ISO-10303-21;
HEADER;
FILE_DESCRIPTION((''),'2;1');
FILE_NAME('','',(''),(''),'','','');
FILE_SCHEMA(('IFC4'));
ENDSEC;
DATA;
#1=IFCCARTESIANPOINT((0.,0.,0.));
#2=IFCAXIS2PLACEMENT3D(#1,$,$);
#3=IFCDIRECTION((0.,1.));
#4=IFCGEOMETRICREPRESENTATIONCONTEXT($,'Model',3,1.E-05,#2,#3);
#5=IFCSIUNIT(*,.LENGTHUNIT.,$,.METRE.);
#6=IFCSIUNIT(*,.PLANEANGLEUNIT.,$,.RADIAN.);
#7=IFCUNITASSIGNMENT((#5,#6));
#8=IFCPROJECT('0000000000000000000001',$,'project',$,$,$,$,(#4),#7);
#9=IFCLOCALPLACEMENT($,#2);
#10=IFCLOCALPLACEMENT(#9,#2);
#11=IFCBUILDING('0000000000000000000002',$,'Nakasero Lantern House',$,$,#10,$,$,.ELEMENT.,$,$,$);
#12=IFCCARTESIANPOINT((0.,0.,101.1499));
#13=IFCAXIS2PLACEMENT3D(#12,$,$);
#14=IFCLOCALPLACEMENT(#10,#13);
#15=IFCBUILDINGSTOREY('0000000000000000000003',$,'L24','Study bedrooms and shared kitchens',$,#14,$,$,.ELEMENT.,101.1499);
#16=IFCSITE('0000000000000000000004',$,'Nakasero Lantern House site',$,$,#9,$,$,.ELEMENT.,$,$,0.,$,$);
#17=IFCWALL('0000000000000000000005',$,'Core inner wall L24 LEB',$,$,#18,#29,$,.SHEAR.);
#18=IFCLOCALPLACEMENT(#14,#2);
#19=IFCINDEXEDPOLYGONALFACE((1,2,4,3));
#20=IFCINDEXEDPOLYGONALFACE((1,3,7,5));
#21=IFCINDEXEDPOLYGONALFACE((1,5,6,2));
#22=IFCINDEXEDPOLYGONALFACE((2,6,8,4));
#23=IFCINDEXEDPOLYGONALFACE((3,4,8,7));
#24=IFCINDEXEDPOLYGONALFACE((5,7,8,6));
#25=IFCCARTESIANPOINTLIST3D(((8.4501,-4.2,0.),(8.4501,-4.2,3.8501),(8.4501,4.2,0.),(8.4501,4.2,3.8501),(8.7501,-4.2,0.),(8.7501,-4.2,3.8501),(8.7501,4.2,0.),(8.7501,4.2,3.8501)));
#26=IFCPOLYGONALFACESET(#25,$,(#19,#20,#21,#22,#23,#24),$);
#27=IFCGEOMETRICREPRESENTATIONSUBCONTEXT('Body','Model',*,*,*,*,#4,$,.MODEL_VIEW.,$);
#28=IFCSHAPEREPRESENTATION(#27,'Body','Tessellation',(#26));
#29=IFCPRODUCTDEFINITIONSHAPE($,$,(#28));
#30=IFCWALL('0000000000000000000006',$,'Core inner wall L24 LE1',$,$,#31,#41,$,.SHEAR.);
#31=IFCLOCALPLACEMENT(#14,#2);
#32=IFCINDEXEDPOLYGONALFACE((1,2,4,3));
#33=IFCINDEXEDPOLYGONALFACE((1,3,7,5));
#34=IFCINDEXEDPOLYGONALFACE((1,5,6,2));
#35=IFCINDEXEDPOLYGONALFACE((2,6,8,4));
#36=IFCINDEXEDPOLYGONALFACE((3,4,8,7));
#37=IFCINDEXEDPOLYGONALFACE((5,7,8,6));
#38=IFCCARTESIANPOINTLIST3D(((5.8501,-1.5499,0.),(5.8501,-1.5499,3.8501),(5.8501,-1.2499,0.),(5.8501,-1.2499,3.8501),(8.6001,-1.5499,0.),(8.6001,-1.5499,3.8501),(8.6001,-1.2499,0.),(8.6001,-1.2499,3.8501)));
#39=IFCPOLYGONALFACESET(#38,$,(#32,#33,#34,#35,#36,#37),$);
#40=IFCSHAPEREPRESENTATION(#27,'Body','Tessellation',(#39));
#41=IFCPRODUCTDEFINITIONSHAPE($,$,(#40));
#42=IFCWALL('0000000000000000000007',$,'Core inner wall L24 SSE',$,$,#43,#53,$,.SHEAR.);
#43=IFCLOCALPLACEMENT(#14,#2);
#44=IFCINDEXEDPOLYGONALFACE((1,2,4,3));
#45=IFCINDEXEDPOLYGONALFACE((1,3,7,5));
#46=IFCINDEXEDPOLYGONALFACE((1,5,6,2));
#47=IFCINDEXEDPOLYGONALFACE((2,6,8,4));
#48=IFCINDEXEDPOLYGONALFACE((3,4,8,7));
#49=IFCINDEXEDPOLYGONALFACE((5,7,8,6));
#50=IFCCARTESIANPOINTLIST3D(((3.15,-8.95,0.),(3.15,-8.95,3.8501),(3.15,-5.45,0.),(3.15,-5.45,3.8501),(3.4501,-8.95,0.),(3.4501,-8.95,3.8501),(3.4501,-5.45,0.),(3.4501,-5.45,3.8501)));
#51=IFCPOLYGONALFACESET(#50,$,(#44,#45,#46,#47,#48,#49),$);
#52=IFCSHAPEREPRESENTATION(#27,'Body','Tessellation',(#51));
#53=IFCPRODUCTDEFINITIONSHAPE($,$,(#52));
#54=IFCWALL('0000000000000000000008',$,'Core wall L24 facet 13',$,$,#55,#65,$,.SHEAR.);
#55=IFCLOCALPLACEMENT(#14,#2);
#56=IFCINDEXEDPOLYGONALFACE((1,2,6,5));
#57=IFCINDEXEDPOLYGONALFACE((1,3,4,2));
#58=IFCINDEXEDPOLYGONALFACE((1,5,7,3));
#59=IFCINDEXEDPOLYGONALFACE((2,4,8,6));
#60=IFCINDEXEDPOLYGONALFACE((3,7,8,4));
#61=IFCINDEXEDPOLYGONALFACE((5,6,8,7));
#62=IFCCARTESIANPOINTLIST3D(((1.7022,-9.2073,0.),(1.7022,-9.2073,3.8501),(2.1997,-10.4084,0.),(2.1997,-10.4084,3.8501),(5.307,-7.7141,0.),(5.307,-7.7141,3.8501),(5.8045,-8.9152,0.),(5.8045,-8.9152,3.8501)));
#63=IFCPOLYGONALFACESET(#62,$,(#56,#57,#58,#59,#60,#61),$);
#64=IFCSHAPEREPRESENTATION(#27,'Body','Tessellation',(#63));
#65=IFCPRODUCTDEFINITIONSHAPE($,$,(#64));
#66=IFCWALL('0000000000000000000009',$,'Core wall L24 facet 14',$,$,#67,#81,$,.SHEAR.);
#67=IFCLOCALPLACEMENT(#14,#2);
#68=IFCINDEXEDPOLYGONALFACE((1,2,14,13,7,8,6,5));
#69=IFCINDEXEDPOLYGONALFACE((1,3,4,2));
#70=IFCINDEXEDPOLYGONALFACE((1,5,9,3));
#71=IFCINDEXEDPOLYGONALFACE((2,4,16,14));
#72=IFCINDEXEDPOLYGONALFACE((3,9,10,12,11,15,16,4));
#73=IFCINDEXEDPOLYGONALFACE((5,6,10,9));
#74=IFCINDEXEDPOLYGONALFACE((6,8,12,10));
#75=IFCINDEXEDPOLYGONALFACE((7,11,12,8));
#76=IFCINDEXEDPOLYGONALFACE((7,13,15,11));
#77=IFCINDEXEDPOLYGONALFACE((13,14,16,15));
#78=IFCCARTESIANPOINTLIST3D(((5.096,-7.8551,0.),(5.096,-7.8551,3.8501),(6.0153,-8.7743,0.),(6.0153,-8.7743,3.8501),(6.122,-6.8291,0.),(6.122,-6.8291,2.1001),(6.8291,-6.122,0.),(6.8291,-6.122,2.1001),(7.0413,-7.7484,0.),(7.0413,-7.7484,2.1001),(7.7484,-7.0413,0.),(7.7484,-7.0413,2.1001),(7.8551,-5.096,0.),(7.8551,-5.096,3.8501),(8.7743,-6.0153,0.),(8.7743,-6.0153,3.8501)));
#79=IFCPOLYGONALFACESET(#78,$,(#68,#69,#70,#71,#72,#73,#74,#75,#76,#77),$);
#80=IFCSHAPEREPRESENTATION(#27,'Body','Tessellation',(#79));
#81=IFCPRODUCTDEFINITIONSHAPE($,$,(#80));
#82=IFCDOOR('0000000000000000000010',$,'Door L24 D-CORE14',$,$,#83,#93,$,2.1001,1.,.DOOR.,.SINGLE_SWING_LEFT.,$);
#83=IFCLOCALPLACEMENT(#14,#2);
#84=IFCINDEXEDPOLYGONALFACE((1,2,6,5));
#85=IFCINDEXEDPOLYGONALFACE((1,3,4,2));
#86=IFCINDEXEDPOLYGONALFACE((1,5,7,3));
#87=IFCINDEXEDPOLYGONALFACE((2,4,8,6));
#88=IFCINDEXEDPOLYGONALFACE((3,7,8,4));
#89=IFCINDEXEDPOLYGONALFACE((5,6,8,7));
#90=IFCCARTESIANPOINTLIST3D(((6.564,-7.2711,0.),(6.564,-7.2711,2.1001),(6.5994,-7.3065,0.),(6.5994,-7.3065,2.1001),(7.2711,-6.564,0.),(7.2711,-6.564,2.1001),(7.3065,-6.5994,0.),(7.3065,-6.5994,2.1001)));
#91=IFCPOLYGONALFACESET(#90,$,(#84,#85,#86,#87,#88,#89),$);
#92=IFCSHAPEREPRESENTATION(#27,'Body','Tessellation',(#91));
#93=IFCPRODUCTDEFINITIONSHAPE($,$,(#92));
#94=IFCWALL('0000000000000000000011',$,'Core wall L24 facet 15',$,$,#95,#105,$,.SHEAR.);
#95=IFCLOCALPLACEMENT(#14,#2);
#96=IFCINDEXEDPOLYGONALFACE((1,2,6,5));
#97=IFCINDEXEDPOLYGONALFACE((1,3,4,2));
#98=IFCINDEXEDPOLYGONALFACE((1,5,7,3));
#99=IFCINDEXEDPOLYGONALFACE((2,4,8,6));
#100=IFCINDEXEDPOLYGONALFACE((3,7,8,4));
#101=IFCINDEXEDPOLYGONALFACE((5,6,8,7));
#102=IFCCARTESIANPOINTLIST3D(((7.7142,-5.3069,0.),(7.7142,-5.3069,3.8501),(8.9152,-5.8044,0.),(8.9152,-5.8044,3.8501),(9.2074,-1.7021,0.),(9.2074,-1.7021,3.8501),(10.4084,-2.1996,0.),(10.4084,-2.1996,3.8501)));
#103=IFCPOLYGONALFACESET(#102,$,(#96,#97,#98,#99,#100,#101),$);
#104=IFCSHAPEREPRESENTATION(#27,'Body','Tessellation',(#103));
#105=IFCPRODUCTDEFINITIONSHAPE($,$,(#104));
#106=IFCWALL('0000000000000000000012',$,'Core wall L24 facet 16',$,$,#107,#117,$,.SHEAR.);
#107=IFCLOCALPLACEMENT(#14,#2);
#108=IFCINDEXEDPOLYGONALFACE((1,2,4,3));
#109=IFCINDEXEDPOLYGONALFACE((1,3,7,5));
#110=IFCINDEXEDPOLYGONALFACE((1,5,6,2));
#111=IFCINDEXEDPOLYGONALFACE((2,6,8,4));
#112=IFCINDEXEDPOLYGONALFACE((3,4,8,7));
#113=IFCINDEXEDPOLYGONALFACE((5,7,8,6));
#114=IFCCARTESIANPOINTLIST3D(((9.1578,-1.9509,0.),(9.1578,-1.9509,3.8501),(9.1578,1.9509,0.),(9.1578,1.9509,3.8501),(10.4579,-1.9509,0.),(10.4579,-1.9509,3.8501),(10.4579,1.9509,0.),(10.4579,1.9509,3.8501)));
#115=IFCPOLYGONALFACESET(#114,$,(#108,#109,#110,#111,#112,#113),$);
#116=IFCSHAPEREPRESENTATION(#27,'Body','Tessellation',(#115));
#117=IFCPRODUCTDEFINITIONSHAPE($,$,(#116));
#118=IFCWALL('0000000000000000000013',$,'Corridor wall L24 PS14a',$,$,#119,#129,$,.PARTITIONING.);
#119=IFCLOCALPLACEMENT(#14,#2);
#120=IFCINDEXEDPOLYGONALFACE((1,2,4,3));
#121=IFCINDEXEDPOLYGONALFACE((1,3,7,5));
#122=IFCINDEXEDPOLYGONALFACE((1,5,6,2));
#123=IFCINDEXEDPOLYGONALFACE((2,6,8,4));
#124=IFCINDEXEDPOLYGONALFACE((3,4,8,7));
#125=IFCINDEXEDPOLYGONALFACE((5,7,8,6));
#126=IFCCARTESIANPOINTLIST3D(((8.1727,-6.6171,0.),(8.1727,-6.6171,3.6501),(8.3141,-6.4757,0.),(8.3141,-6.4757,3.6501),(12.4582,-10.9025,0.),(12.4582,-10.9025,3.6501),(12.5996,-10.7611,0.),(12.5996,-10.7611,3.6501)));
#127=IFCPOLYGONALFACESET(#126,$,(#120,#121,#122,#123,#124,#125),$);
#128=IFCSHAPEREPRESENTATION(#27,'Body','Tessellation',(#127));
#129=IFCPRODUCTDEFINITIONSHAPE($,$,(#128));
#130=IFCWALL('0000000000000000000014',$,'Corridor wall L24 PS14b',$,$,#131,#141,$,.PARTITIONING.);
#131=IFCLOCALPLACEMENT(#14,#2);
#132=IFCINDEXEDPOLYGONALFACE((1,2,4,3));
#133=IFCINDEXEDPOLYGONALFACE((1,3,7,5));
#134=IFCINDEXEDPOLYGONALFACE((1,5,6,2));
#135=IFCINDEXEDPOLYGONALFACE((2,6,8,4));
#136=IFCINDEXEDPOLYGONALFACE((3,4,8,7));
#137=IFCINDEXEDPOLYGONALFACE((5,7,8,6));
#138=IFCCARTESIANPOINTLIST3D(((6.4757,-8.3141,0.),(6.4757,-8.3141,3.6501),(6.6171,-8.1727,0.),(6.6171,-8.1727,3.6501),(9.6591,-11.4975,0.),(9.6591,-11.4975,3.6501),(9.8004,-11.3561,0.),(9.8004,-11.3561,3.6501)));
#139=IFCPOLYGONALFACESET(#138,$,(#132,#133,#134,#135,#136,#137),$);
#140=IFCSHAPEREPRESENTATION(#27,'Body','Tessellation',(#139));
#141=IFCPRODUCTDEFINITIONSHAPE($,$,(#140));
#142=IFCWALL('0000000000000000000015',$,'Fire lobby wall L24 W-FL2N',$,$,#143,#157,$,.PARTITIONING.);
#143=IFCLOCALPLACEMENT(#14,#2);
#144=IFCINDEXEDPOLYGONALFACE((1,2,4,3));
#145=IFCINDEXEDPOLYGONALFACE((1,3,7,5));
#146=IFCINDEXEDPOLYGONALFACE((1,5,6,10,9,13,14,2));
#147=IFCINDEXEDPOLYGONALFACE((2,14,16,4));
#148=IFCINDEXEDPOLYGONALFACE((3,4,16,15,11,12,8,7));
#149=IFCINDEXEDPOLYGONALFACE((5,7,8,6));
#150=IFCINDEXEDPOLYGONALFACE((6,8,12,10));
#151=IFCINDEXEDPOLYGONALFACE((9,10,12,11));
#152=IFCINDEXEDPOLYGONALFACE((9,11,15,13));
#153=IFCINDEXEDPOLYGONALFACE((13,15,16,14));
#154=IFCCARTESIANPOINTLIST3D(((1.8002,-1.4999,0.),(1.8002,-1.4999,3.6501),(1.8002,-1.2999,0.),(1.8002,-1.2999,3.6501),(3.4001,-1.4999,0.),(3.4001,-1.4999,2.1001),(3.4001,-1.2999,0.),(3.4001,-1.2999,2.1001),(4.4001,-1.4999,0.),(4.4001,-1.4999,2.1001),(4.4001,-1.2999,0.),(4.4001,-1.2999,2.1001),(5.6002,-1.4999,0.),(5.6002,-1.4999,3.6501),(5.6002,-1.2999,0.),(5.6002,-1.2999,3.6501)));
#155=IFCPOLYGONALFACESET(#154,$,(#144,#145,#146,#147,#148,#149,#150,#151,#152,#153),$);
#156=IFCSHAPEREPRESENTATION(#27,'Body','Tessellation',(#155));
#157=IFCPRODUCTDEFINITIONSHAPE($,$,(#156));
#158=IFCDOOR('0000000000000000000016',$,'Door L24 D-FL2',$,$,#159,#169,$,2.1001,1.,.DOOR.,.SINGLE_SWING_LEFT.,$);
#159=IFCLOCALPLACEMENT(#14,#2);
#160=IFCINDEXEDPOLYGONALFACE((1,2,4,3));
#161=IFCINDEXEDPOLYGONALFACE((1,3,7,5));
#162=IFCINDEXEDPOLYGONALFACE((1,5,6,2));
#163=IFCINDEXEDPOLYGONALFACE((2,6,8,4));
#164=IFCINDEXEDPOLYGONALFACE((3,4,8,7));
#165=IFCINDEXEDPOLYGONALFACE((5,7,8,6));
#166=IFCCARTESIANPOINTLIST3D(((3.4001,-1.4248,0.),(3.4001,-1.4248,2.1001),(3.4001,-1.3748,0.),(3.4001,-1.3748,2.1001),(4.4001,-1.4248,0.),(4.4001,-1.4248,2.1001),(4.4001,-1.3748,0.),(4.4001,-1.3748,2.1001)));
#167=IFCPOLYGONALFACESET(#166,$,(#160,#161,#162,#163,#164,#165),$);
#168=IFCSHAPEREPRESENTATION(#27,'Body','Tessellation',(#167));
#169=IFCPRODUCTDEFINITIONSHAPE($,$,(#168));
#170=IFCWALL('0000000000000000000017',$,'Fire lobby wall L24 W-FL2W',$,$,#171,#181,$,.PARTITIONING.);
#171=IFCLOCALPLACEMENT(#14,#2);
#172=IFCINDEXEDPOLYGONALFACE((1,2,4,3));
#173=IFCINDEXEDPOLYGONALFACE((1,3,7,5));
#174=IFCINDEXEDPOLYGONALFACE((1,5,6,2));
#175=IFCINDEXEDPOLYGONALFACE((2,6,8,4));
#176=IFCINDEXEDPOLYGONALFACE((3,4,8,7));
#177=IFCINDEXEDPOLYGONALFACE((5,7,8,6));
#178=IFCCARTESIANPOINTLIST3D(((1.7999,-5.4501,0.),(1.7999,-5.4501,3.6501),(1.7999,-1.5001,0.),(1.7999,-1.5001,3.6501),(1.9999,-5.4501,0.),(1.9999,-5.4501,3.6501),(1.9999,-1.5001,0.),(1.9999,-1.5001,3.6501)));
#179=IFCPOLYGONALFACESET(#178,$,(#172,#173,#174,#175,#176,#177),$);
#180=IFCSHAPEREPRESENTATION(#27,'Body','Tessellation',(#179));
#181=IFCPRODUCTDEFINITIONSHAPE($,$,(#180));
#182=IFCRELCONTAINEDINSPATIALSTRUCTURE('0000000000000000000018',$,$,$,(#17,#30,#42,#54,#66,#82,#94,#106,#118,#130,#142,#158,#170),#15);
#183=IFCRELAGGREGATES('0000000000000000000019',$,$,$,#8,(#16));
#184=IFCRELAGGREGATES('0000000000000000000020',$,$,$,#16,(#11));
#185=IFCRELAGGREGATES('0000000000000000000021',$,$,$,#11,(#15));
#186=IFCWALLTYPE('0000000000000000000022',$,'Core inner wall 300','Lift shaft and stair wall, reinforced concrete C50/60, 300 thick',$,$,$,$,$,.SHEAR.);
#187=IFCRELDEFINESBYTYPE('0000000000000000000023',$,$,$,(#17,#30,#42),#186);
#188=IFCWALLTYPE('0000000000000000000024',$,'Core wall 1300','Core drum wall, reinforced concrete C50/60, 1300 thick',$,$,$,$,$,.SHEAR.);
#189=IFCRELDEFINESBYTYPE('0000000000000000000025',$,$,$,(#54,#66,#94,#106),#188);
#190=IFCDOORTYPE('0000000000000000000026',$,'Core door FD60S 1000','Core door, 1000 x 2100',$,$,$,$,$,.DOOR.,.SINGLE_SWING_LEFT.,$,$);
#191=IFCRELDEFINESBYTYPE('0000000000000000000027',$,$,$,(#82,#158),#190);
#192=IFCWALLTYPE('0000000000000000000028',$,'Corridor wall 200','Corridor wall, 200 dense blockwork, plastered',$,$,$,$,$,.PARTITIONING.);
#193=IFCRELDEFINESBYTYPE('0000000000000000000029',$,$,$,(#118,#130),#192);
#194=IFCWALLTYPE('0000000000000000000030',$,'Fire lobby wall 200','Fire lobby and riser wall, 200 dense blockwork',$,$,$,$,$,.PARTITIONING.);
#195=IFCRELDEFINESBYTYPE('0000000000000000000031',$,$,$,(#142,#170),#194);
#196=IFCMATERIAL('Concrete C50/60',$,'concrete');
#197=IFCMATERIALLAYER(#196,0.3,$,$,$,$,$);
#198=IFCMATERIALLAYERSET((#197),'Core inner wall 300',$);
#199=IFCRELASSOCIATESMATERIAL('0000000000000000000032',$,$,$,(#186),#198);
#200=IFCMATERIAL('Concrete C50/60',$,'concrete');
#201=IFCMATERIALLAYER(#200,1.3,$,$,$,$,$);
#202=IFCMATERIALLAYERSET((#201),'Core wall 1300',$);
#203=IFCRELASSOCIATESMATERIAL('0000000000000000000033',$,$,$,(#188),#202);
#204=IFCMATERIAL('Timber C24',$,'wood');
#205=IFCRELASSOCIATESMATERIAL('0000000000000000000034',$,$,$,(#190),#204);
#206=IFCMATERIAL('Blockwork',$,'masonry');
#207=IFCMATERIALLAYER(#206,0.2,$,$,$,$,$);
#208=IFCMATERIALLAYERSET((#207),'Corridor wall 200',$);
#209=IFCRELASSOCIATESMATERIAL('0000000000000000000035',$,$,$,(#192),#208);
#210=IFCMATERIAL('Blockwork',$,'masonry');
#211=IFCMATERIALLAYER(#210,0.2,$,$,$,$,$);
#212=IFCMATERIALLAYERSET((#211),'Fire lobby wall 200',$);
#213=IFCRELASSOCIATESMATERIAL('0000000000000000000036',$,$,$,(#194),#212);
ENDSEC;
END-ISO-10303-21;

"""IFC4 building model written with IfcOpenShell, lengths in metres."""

from ifc_helpers import new_model, si_unit, direction, frame, frame_2d, origin, place, context, subcontext, project, spatial, rectangle, extrude, material, layer, layer_set, type_object, element, fill, save


model = new_model("IFC4")

# Units and contexts
model_context = context("Model", 3, precision=1e-05, world=origin(), true_north=direction((0.0, 1.0)))
body_context = subcontext(model_context, "Body", "Model", "MODEL_VIEW")
ifc_project = project(units=[si_unit("LENGTHUNIT", "METRE"), si_unit("PLANEANGLEUNIT", "RADIAN")], contexts=[model_context])

# Site, building, storey
site_placement = place(None, origin())
site = spatial("IfcSite", under=ifc_project, at=site_placement, Name="Nakasero Lantern House site", CompositionType="ELEMENT", RefElevation=0.0)
building_placement = place(site_placement, origin())
building = spatial("IfcBuilding", under=site, at=building_placement, Name="Nakasero Lantern House", CompositionType="ELEMENT")
storey_placement = place(building_placement, frame((0.0, 0.0, 101.1499)))
storey = spatial("IfcBuildingStorey", under=building, at=storey_placement, Name="L24", Description="Study bedrooms and shared kitchens", CompositionType="ELEMENT", Elevation=101.1499)

# Shared definitions
ifc_material_1 = material(Name="Concrete C50/60", Category="concrete")
ifc_layer_1 = layer(ifc_material_1, 0.3)
ifc_layer_set_1 = layer_set([ifc_layer_1], Name="Core inner wall 300")
wall_type_1 = type_object("IfcWallType", Name="Core inner wall 300", Description="Lift shaft and stair wall, reinforced concrete C50/60, 300 thick", PredefinedType="SHEAR", material=ifc_layer_set_1)

# Walls
wall_1_placement = place(storey_placement, frame((8.6001, -4.2, 0.0), z_axis=(0.0, 0.0, 1.0), x_axis=(0.0, 1.0, 0.0)))
element("IfcWall", 1, at=wall_1_placement, inside=storey, type_object=wall_type_1, Name="Core inner wall L24 LEB", PredefinedType="SHEAR", context=body_context, shape_type="SweptSolid", body=[
    extrude(rectangle(XDim=8.3999, YDim=0.3, at=frame_2d((4.2, 0.0))), origin(), (0.0, 0.0, 1.0), 3.8501),
])
wall_2_placement = place(storey_placement, frame((5.8501, -1.3999, 0.0), z_axis=(0.0, 0.0, 1.0), x_axis=(1.0, 0.0, 0.0)))
element("IfcWall", 2, at=wall_2_placement, inside=storey, type_object=wall_type_1, Name="Core inner wall L24 LE1", PredefinedType="SHEAR", context=body_context, shape_type="SweptSolid", body=[
    extrude(rectangle(XDim=2.75, YDim=0.3, at=frame_2d((1.375, 0.0))), origin(), (0.0, 0.0, 1.0), 3.8501),
])
wall_3_placement = place(storey_placement, frame((3.3, -5.45, 0.0), z_axis=(0.0, 0.0, 1.0), x_axis=(0.0, -1.0, 0.0)))
element("IfcWall", 3, at=wall_3_placement, inside=storey, type_object=wall_type_1, Name="Core inner wall L24 SSE", PredefinedType="SHEAR", context=body_context, shape_type="SweptSolid", body=[
    extrude(rectangle(XDim=3.5, YDim=0.3, at=frame_2d((1.75, 0.0))), origin(), (0.0, 0.0, 1.0), 3.8501),
])
ifc_material_2 = material(Name="Concrete C50/60", Category="concrete")
ifc_layer_2 = layer(ifc_material_2, 1.3)
ifc_layer_set_2 = layer_set([ifc_layer_2], Name="Core wall 1300")
wall_type_2 = type_object("IfcWallType", Name="Core wall 1300", Description="Core drum wall, reinforced concrete C50/60, 1300 thick", PredefinedType="SHEAR", material=ifc_layer_set_2)
wall_4_placement = place(storey_placement, frame((1.9509, -9.8079, 0.0), z_axis=(0.0, 0.0, 1.0), x_axis=(0.923877, 0.382691, 0.0)))
element("IfcWall", 4, at=wall_4_placement, inside=storey, type_object=wall_type_2, Name="Core wall L24 facet 13", PredefinedType="SHEAR", context=body_context, shape_type="SweptSolid", body=[
    extrude(rectangle(XDim=3.9019, YDim=1.3, at=frame_2d((1.9509, 0.0))), origin(), (0.0, 0.0, 1.0), 3.8501),
])

# Wall, opening, door
wall_5_placement = place(storey_placement, frame((5.5557, -8.3147, 0.0), z_axis=(0.0, 0.0, 1.0), x_axis=(0.707107, 0.707107, 0.0)))
wall_5 = element("IfcWall", 5, at=wall_5_placement, inside=storey, type_object=wall_type_2, Name="Core wall L24 facet 14", PredefinedType="SHEAR", context=body_context, shape_type="SweptSolid", body=[
    extrude(rectangle(XDim=3.9019, YDim=1.3, at=frame_2d((1.9509, 0.0))), origin(), (0.0, 0.0, 1.0), 3.8501),
])
opening_1_placement = place(wall_5_placement, frame((1.4509, 0.0, 0.0)))
opening_1 = element("IfcOpeningElement", 6, at=opening_1_placement, cuts=wall_5, PredefinedType="OPENING", context=body_context, shape_type="SweptSolid", body=[
    extrude(rectangle(XDim=1.0, YDim=2.1001, at=frame_2d((0.5, 1.05))), frame((0.0, 0.6699, 0.0), z_axis=(0.0, -1.0, 0.0), x_axis=(1.0, 0.0, 0.0)), (0.0, 0.0, 1.0), 1.3401),
])
ifc_material_3 = material(Name="Timber C24", Category="wood")
door_type_1 = type_object("IfcDoorType", Name="Core door FD60S 1000", Description="Core door, 1000 x 2100", OperationType="SINGLE_SWING_LEFT", PredefinedType="DOOR", material=ifc_material_3)
door_1_placement = place(opening_1_placement, origin())
door_1 = element("IfcDoor", 7, at=door_1_placement, inside=storey, type_object=door_type_1, Name="Door L24 D-CORE14", OperationType="SINGLE_SWING_LEFT", OverallHeight=2.1001, OverallWidth=1.0, PredefinedType="DOOR", context=body_context, shape_type="SweptSolid", body=[
    extrude(rectangle(XDim=1.0, YDim=2.1001, at=frame_2d((0.5, 1.05))), frame((0.0, 0.0249, 0.0), z_axis=(0.0, -1.0, 0.0), x_axis=(1.0, 0.0, 0.0)), (0.0, 0.0, 1.0), 0.05),
])
fill(opening_1, door_1)

# Walls
for number, where, z_axis, x_axis, name in (
    (8, (8.3147, -5.5557, 0.0), (0.0, 0.0, 1.0), (0.382691, 0.923877, 0.0), "Core wall L24 facet 15"),
    (9, (9.8079, -1.9509, 0.0), (0.0, 0.0, 1.0), (0.0, 1.0, 0.0), "Core wall L24 facet 16"),
):
    element("IfcWall", number, at=place(storey_placement, frame(where, z_axis=z_axis, x_axis=x_axis)), inside=storey, type_object=wall_type_2, Name=name, PredefinedType="SHEAR", context=body_context, shape_type="SweptSolid", body=[
        extrude(rectangle(XDim=3.9019, YDim=1.3, at=frame_2d((1.9509, 0.0))), origin(), (0.0, 0.0, 1.0), 3.8501),
    ])
ifc_material_4 = material(Name="Blockwork", Category="masonry")
ifc_layer_3 = layer(ifc_material_4, 0.2)
ifc_layer_set_3 = layer_set([ifc_layer_3], Name="Corridor wall 200")
wall_type_3 = type_object("IfcWallType", Name="Corridor wall 200", Description="Corridor wall, 200 dense blockwork, plastered", PredefinedType="PARTITIONING", material=ifc_layer_set_3)
wall_6_placement = place(storey_placement, frame((8.2434, -6.5464, 0.0), z_axis=(0.0, 0.0, 1.0), x_axis=(0.707107, -0.707107, 0.0)))
element("IfcWall", 10, at=wall_6_placement, inside=storey, type_object=wall_type_3, Name="Corridor wall L24 PS14a", PredefinedType="PARTITIONING", context=body_context, shape_type="SweptSolid", body=[
    extrude(rectangle(XDim=6.0605, YDim=0.2, at=frame_2d((3.0303, 0.0))), origin(), (0.0, 0.0, 1.0), 3.6501),
])
wall_7_placement = place(storey_placement, frame((6.5464, -8.2434, 0.0), z_axis=(0.0, 0.0, 1.0), x_axis=(0.707107, -0.707107, 0.0)))
element("IfcWall", 11, at=wall_7_placement, inside=storey, type_object=wall_type_3, Name="Corridor wall L24 PS14b", PredefinedType="PARTITIONING", context=body_context, shape_type="SweptSolid", body=[
    extrude(rectangle(XDim=4.502, YDim=0.2, at=frame_2d((2.251, 0.0))), origin(), (0.0, 0.0, 1.0), 3.6501),
])

# Wall, opening, door
ifc_material_5 = material(Name="Blockwork", Category="masonry")
ifc_layer_4 = layer(ifc_material_5, 0.2)
ifc_layer_set_4 = layer_set([ifc_layer_4], Name="Fire lobby wall 200")
wall_type_4 = type_object("IfcWallType", Name="Fire lobby wall 200", Description="Fire lobby and riser wall, 200 dense blockwork", PredefinedType="PARTITIONING", material=ifc_layer_set_4)
wall_8_placement = place(storey_placement, frame((5.6001, -1.3999, 0.0), z_axis=(0.0, 0.0, 1.0), x_axis=(-1.0, 0.0, 0.0)))
wall_8 = element("IfcWall", 12, at=wall_8_placement, inside=storey, type_object=wall_type_4, Name="Fire lobby wall L24 W-FL2N", PredefinedType="PARTITIONING", context=body_context, shape_type="SweptSolid", body=[
    extrude(rectangle(XDim=3.8, YDim=0.2, at=frame_2d((1.8999, 0.0))), origin(), (0.0, 0.0, 1.0), 3.6501),
])
opening_2_placement = place(wall_8_placement, frame((1.2, 0.0, 0.0)))
opening_2 = element("IfcOpeningElement", 13, at=opening_2_placement, cuts=wall_8, PredefinedType="OPENING", context=body_context, shape_type="SweptSolid", body=[
    extrude(rectangle(XDim=1.0, YDim=2.1001, at=frame_2d((0.5, 1.05))), frame((0.0, 0.1199, 0.0), z_axis=(0.0, -1.0, 0.0), x_axis=(1.0, 0.0, 0.0)), (0.0, 0.0, 1.0), 0.24),
])
door_2_placement = place(opening_2_placement, origin())
door_2 = element("IfcDoor", 14, at=door_2_placement, inside=storey, type_object=door_type_1, Name="Door L24 D-FL2", OperationType="SINGLE_SWING_LEFT", OverallHeight=2.1001, OverallWidth=1.0, PredefinedType="DOOR", context=body_context, shape_type="SweptSolid", body=[
    extrude(rectangle(XDim=1.0, YDim=2.1001, at=frame_2d((0.5, 1.05))), frame((0.0, 0.0249, 0.0), z_axis=(0.0, -1.0, 0.0), x_axis=(1.0, 0.0, 0.0)), (0.0, 0.0, 1.0), 0.05),
])
fill(opening_2, door_2)

# Wall
wall_9_placement = place(storey_placement, frame((1.8999, -1.5, 0.0), z_axis=(0.0, 0.0, 1.0), x_axis=(0.0, -1.0, 0.0)))
element("IfcWall", 15, at=wall_9_placement, inside=storey, type_object=wall_type_4, Name="Fire lobby wall L24 W-FL2W", PredefinedType="PARTITIONING", context=body_context, shape_type="SweptSolid", body=[
    extrude(rectangle(XDim=3.95, YDim=0.2, at=frame_2d((1.9751, 0.0))), origin(), (0.0, 0.0, 1.0), 3.6501),
])

save(model, "model.ifc")
